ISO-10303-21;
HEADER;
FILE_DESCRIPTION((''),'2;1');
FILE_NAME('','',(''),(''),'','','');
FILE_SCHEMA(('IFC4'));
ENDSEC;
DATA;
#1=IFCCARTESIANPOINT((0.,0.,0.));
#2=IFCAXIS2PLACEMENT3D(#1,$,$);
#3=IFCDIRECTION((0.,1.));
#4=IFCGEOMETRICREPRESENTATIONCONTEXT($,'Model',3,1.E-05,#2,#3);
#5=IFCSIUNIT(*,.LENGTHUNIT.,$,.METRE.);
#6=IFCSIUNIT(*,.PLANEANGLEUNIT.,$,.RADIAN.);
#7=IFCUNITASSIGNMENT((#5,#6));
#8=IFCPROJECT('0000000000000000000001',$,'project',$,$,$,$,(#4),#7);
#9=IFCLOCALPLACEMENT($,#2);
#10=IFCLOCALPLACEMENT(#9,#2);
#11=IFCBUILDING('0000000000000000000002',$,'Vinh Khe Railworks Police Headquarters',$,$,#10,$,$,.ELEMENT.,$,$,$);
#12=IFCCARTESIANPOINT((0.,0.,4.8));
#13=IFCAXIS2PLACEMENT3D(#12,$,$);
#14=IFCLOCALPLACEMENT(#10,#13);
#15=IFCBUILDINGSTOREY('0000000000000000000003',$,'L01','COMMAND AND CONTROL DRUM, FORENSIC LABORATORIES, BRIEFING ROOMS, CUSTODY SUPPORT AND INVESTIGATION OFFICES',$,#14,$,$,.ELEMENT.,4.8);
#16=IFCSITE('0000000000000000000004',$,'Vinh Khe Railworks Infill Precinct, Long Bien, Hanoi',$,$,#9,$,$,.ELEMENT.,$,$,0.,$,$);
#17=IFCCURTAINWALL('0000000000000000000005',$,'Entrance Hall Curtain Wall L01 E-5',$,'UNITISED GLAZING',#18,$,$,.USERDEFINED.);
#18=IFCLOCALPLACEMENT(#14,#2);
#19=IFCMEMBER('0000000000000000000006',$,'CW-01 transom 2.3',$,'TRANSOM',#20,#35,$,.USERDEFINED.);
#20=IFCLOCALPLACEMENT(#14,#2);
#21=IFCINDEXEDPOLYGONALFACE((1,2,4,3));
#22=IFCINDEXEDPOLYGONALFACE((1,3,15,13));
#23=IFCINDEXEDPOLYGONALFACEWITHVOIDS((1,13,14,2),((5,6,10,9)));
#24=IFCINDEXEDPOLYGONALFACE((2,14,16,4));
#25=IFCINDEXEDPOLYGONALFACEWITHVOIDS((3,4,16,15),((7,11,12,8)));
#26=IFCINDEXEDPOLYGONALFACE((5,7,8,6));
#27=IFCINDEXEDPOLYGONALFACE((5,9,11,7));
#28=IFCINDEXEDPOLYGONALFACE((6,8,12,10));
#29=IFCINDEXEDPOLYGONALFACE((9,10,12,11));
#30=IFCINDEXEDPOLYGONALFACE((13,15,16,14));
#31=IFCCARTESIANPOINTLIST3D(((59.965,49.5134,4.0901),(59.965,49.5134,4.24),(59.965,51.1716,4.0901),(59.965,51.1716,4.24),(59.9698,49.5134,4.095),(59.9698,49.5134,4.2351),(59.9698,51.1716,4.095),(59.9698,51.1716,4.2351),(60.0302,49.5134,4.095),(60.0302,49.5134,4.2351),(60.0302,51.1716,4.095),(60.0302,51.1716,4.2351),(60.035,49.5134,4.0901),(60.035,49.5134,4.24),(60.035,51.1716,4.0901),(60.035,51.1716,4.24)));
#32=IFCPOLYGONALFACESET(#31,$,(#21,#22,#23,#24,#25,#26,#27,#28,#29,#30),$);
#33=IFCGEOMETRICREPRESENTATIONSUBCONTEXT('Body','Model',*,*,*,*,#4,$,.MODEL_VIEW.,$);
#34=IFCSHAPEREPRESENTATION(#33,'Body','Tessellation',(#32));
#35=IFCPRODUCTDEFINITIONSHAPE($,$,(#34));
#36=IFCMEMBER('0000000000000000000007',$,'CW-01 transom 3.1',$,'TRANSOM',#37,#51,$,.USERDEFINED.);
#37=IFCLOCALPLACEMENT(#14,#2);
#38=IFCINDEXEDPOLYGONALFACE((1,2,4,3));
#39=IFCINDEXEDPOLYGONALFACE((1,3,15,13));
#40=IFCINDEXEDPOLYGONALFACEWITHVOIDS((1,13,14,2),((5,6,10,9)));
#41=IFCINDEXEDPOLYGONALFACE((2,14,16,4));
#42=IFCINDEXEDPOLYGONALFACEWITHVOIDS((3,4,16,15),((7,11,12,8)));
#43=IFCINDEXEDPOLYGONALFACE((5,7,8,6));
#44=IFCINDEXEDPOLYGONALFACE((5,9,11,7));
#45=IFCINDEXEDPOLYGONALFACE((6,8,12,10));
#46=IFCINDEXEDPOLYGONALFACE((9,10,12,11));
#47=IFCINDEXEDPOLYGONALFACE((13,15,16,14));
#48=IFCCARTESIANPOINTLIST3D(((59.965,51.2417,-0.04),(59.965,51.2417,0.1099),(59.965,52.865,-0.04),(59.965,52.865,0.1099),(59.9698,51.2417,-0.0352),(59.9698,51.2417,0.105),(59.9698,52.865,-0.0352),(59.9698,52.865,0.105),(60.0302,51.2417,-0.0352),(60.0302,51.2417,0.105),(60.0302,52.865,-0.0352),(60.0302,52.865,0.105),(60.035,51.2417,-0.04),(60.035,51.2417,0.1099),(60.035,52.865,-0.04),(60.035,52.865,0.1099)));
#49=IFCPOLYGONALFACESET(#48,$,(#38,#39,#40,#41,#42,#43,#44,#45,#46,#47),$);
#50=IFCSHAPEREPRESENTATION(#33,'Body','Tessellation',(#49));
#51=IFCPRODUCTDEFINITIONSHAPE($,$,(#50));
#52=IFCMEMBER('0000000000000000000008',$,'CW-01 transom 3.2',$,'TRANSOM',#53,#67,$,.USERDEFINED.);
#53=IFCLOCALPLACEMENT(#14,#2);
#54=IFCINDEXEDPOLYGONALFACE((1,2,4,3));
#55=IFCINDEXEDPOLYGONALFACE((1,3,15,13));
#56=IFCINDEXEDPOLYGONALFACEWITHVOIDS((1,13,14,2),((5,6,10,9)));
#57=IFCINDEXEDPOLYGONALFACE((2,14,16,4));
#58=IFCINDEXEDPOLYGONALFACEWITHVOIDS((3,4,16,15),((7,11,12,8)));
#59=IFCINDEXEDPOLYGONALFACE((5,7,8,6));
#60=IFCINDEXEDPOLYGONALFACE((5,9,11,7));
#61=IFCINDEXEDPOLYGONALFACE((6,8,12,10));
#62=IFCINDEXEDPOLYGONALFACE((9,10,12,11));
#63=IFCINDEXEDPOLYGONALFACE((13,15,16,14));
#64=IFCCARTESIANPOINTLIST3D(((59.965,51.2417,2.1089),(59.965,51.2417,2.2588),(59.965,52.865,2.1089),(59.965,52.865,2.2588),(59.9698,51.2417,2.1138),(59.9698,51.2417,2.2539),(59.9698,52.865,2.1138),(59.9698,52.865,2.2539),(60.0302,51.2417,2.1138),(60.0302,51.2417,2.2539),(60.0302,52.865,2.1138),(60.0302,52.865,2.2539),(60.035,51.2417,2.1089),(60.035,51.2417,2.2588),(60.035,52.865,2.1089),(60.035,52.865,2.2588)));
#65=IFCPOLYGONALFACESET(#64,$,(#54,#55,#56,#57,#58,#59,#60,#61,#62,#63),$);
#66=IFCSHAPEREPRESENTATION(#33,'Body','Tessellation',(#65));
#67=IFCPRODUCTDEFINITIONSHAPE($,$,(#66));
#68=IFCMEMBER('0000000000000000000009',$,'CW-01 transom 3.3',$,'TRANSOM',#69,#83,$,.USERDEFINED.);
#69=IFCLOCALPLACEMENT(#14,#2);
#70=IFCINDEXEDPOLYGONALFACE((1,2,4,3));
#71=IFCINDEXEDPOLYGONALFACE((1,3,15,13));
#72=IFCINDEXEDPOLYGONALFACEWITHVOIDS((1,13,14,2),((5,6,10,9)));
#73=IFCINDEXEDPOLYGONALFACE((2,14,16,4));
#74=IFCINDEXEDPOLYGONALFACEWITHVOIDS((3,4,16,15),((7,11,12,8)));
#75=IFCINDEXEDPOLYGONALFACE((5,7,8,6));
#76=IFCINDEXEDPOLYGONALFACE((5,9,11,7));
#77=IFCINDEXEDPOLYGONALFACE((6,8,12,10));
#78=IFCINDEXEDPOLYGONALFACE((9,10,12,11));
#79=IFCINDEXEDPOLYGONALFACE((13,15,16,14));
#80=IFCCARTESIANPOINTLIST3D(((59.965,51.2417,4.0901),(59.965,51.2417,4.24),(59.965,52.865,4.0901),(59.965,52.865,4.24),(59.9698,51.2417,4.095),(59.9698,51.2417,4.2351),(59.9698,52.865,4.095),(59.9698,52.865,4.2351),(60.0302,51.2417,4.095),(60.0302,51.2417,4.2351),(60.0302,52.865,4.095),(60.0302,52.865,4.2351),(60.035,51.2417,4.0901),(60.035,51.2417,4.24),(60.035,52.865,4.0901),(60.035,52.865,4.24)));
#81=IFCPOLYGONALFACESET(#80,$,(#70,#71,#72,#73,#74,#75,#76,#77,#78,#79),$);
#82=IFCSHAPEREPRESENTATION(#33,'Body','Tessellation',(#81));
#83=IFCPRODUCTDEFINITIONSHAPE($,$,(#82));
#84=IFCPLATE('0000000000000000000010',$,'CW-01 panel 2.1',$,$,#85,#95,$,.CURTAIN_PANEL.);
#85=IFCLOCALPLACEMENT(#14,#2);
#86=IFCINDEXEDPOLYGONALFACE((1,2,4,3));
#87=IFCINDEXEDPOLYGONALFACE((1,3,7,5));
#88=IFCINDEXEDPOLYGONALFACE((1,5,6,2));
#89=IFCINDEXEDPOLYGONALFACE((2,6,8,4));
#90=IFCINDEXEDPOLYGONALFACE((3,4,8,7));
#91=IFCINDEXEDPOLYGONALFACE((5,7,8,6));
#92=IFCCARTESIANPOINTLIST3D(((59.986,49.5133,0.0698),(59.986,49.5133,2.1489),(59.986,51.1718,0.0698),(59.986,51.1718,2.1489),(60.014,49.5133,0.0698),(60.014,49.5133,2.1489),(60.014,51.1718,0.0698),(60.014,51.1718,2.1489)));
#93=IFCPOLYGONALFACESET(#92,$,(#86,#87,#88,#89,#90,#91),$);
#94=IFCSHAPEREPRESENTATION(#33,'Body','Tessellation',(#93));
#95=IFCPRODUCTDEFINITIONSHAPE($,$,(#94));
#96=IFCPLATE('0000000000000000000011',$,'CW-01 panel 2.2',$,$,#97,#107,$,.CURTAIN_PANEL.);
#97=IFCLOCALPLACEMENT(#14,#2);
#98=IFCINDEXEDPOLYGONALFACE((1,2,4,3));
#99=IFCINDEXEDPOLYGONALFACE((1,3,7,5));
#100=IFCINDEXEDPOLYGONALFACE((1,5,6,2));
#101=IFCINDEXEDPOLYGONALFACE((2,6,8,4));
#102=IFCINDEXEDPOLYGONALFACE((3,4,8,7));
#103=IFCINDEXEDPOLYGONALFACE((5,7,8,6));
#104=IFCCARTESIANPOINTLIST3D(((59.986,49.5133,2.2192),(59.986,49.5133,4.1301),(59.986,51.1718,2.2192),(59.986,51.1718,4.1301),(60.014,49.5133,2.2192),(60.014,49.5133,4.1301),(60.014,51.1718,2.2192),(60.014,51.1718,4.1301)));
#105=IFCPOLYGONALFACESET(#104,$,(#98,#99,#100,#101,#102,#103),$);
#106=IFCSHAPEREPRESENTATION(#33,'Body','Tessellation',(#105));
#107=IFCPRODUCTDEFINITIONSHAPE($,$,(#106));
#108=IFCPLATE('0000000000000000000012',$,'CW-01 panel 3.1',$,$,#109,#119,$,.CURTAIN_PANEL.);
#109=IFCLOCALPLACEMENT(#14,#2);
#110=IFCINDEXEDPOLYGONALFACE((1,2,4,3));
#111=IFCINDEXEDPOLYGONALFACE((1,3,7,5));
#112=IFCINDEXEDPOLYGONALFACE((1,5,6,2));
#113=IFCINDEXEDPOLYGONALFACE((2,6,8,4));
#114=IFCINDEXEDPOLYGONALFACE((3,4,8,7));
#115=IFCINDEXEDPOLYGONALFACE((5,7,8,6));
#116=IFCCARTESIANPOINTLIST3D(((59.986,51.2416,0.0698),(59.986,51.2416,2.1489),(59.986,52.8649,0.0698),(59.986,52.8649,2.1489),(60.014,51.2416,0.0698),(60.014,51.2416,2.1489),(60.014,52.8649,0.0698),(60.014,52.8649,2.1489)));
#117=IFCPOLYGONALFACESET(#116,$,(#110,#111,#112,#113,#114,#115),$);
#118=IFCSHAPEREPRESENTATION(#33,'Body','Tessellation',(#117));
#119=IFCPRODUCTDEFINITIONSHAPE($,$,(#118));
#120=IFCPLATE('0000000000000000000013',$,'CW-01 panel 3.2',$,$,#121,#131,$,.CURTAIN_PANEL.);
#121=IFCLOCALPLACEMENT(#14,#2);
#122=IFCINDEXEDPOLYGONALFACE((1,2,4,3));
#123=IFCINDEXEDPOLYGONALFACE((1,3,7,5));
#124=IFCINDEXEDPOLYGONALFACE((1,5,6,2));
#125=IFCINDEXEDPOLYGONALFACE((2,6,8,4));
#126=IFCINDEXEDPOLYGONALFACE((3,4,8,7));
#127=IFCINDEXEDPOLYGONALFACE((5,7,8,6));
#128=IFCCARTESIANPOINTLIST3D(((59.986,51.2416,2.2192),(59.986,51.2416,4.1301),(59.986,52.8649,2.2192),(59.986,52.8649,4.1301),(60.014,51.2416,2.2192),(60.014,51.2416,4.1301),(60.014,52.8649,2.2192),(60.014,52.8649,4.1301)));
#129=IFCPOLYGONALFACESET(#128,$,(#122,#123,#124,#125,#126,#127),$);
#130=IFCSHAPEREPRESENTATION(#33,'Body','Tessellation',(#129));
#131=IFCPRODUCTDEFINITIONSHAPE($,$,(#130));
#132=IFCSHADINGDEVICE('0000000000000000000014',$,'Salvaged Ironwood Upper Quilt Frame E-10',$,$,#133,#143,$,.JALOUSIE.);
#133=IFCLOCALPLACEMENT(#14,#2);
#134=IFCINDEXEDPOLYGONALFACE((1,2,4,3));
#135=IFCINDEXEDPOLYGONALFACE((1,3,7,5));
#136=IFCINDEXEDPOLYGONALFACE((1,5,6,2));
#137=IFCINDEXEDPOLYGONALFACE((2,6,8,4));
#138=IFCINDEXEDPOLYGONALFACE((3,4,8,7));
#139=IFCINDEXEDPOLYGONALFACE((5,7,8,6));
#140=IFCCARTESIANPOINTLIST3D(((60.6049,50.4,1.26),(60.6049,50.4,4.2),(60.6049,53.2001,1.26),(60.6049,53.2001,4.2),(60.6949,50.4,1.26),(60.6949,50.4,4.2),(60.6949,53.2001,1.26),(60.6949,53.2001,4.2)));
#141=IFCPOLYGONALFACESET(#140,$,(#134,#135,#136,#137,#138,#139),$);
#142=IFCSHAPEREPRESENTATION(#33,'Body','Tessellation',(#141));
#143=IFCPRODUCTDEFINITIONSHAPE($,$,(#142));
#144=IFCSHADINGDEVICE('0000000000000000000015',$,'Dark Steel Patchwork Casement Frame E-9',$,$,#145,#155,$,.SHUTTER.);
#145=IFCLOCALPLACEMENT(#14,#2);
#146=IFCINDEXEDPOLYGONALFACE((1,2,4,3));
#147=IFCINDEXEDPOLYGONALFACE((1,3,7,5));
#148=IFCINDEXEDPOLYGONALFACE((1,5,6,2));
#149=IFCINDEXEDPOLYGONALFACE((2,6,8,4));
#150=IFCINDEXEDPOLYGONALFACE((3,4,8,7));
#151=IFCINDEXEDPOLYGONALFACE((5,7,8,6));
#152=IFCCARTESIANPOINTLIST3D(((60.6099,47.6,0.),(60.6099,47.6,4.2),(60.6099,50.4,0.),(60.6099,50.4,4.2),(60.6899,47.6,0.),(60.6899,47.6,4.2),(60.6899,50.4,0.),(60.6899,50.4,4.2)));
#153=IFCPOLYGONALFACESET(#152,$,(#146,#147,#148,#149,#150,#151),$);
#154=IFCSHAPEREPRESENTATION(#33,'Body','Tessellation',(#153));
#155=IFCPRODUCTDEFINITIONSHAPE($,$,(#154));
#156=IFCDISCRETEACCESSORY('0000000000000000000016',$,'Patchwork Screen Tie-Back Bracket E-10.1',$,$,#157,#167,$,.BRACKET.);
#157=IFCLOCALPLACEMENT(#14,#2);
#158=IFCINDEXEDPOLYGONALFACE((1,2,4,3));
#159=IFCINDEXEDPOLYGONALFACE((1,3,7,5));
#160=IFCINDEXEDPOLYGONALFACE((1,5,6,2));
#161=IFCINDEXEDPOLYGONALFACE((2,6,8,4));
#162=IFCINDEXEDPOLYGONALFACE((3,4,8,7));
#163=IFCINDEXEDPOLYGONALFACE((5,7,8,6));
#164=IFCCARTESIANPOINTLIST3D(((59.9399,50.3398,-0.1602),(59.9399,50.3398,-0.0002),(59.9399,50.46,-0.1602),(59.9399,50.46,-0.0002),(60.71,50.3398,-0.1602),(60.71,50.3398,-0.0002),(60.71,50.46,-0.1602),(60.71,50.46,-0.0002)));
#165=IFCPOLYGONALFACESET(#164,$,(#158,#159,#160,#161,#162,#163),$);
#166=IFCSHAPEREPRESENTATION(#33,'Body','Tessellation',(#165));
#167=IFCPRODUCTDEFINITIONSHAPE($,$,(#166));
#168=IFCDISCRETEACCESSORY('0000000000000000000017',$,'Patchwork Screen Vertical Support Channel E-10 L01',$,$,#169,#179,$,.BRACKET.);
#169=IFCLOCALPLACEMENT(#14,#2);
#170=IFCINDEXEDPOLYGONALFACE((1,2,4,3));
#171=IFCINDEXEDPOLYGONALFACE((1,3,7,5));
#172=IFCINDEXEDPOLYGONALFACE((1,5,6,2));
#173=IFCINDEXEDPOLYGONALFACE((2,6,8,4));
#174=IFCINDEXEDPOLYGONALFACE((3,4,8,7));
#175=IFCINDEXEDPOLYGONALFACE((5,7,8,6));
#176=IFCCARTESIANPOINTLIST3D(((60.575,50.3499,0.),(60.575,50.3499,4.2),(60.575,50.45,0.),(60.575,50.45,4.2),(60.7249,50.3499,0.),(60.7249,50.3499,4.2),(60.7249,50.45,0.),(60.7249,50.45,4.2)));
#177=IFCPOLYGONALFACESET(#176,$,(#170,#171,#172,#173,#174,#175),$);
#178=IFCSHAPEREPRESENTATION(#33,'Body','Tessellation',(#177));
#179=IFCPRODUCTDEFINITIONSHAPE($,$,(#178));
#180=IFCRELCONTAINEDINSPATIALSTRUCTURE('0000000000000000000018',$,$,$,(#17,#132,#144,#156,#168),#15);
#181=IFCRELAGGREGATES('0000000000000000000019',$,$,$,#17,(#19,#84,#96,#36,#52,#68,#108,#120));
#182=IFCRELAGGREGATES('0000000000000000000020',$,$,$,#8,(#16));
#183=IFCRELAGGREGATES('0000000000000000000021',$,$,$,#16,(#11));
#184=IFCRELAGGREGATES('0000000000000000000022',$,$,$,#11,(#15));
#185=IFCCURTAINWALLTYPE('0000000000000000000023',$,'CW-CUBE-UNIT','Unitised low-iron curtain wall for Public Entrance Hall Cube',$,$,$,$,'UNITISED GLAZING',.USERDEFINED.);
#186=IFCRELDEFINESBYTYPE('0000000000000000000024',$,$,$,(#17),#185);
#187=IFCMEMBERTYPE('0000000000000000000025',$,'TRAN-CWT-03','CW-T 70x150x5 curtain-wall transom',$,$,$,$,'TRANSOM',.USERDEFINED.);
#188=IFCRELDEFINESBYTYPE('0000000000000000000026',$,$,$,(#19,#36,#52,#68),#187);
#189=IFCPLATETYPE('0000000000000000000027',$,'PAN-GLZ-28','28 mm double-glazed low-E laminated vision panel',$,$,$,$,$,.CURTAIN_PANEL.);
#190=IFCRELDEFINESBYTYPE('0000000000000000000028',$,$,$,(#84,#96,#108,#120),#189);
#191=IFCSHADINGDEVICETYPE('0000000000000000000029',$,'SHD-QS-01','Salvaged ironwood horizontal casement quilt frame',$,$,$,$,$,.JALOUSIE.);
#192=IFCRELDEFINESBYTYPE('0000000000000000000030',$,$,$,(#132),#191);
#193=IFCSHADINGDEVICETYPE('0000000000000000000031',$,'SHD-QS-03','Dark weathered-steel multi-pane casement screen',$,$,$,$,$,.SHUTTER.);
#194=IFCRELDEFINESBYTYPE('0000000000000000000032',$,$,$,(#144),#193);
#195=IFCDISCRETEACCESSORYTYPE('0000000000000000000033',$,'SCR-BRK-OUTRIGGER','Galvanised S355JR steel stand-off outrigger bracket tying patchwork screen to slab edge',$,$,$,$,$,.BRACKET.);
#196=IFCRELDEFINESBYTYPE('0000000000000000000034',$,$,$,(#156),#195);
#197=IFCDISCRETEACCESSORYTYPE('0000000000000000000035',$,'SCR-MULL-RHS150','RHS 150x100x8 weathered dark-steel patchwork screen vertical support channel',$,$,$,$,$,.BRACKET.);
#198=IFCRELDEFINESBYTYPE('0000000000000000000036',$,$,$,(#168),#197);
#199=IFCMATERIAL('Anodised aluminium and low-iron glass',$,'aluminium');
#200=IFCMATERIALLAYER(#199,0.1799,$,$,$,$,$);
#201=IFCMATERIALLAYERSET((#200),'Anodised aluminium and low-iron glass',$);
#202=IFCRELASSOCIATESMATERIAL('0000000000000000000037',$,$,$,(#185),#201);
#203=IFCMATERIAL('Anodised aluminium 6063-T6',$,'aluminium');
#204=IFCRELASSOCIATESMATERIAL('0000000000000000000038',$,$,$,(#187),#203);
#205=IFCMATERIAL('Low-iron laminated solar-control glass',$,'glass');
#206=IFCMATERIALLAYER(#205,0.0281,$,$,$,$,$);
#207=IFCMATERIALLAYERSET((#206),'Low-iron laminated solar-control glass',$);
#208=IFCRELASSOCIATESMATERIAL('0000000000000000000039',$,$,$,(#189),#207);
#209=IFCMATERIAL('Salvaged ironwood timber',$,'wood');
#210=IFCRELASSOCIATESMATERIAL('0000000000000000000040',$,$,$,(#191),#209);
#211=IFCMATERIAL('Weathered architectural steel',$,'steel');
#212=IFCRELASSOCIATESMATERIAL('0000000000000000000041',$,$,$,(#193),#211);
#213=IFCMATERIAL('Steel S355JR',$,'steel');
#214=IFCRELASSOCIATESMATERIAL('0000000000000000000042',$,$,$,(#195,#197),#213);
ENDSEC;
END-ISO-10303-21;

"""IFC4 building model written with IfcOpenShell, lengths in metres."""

from ifc_helpers import new_model, si_unit, direction, frame, origin, origin_2d, place, context, subcontext, project, spatial, rectangle, hollow_rectangle, extrude, material, layer, layer_set, material_profile, profile_set, type_object, element, aggregate, save


model = new_model("IFC4")

# Units and contexts
model_context = context("Model", 3, precision=1e-05, world=origin(), true_north=direction((0.0, 1.0)))
body_context = subcontext(model_context, "Body", "Model", "MODEL_VIEW")
ifc_project = project(units=[si_unit("LENGTHUNIT", "METRE"), si_unit("PLANEANGLEUNIT", "RADIAN")], contexts=[model_context])

# Site, building, storey
site_placement = place(None, origin())
site = spatial("IfcSite", under=ifc_project, at=site_placement, Name="Vinh Khe Railworks Infill Precinct, Long Bien, Hanoi", CompositionType="ELEMENT", RefElevation=0.0)
building_placement = place(site_placement, origin())
building = spatial("IfcBuilding", under=site, at=building_placement, Name="Vinh Khe Railworks Police Headquarters", CompositionType="ELEMENT")
storey_placement = place(building_placement, frame((0.0, 0.0, 4.8)))
storey = spatial("IfcBuildingStorey", under=building, at=storey_placement, Name="L01", Description="COMMAND AND CONTROL DRUM, FORENSIC LABORATORIES, BRIEFING ROOMS, CUSTODY SUPPORT AND INVESTIGATION OFFICES", CompositionType="ELEMENT", Elevation=4.8)

# Shared definitions
ifc_material_1 = material(Name="Steel S355JR", Category="steel")

# Shared definitions
ifc_material_2 = material(Name="Salvaged ironwood timber", Category="wood")

# Curtain wall, members, plates
ifc_material_3 = material(Name="Anodised aluminium and low-iron glass", Category="aluminium")
ifc_layer_1 = layer(ifc_material_3, 0.1799)
ifc_layer_set_1 = layer_set([ifc_layer_1], Name="Anodised aluminium and low-iron glass")
curtain_wall_type = type_object("IfcCurtainWallType", Name="CW-CUBE-UNIT", Description="Unitised low-iron curtain wall for Public Entrance Hall Cube", ElementType="UNITISED GLAZING", PredefinedType="USERDEFINED", material=ifc_layer_set_1)
curtain_wall_placement = place(storey_placement, origin())
curtain_wall = element("IfcCurtainWall", 1, at=curtain_wall_placement, inside=storey, type_object=curtain_wall_type, Name="Entrance Hall Curtain Wall L01 E-5", ObjectType="UNITISED GLAZING", PredefinedType="USERDEFINED")
ifc_material_4 = material(Name="Anodised aluminium 6063-T6", Category="aluminium")
ifc_material_profile_1 = material_profile(ifc_material_4, hollow_rectangle(XDim=0.0701, YDim=0.1499, WallThickness=0.0049, at=origin_2d()), Name="CW-T 70x150x5")
ifc_profile_set_1 = profile_set([ifc_material_profile_1], Name="Anodised aluminium 6063-T6")
member_type_1 = type_object("IfcMemberType", Name="TRAN-CWT-03", Description="CW-T 70x150x5 curtain-wall transom", ElementType="TRANSOM", PredefinedType="USERDEFINED", material=ifc_profile_set_1)
member_1_placement = place(storey_placement, frame((60.0, 49.5134, 4.165), z_axis=(0.0, 1.0, 0.0), x_axis=(-1.0, 0.0, 0.0)))
member_1 = element("IfcMember", 2, at=member_1_placement, type_object=member_type_1, Name="CW-01 transom 2.3", ObjectType="TRANSOM", PredefinedType="USERDEFINED", context=body_context, shape_type="SweptSolid", body=[
    extrude(hollow_rectangle(XDim=0.0701, YDim=0.1499, WallThickness=0.0049, at=origin_2d()), origin(), (0.0, 0.0, 1.0), 1.6582),
])
member_2_placement = place(storey_placement, frame((60.0, 51.2417, 0.0349), z_axis=(0.0, 1.0, 0.0), x_axis=(-1.0, 0.0, 0.0)))
member_2 = element("IfcMember", 3, at=member_2_placement, type_object=member_type_1, Name="CW-01 transom 3.1", ObjectType="TRANSOM", PredefinedType="USERDEFINED", context=body_context, shape_type="SweptSolid", body=[
    extrude(hollow_rectangle(XDim=0.0701, YDim=0.1499, WallThickness=0.0049, at=origin_2d()), origin(), (0.0, 0.0, 1.0), 1.6233),
])
member_3_placement = place(storey_placement, frame((60.0, 51.2417, 2.1838), z_axis=(0.0, 1.0, 0.0), x_axis=(-1.0, 0.0, 0.0)))
member_3 = element("IfcMember", 4, at=member_3_placement, type_object=member_type_1, Name="CW-01 transom 3.2", ObjectType="TRANSOM", PredefinedType="USERDEFINED", context=body_context, shape_type="SweptSolid", body=[
    extrude(hollow_rectangle(XDim=0.0701, YDim=0.1499, WallThickness=0.0049, at=origin_2d()), origin(), (0.0, 0.0, 1.0), 1.6233),
])
member_4_placement = place(storey_placement, frame((60.0, 51.2417, 4.165), z_axis=(0.0, 1.0, 0.0), x_axis=(-1.0, 0.0, 0.0)))
member_4 = element("IfcMember", 5, at=member_4_placement, type_object=member_type_1, Name="CW-01 transom 3.3", ObjectType="TRANSOM", PredefinedType="USERDEFINED", context=body_context, shape_type="SweptSolid", body=[
    extrude(hollow_rectangle(XDim=0.0701, YDim=0.1499, WallThickness=0.0049, at=origin_2d()), origin(), (0.0, 0.0, 1.0), 1.6233),
])
ifc_material_5 = material(Name="Low-iron laminated solar-control glass", Category="glass")
ifc_layer_2 = layer(ifc_material_5, 0.0281)
ifc_layer_set_2 = layer_set([ifc_layer_2], Name="Low-iron laminated solar-control glass")
plate_type = type_object("IfcPlateType", Name="PAN-GLZ-28", Description="28 mm double-glazed low-E laminated vision panel", PredefinedType="CURTAIN_PANEL", material=ifc_layer_set_2)
plate_1_placement = place(storey_placement, frame((60.0, 50.3425, 0.0698), z_axis=(0.0, 0.0, 1.0), x_axis=(0.0, 1.0, 0.0)))
plate_1 = element("IfcPlate", 6, at=plate_1_placement, type_object=plate_type, Name="CW-01 panel 2.1", PredefinedType="CURTAIN_PANEL", context=body_context, shape_type="SweptSolid", body=[
    extrude(rectangle(XDim=1.6584, YDim=0.0281, at=origin_2d()), origin(), (0.0, 0.0, 1.0), 2.0791),
])
plate_2_placement = place(storey_placement, frame((60.0, 50.3425, 2.2192), z_axis=(0.0, 0.0, 1.0), x_axis=(0.0, 1.0, 0.0)))
plate_2 = element("IfcPlate", 7, at=plate_2_placement, type_object=plate_type, Name="CW-01 panel 2.2", PredefinedType="CURTAIN_PANEL", context=body_context, shape_type="SweptSolid", body=[
    extrude(rectangle(XDim=1.6584, YDim=0.0281, at=origin_2d()), origin(), (0.0, 0.0, 1.0), 1.9109),
])
plate_3_placement = place(storey_placement, frame((60.0, 52.0532, 0.0698), z_axis=(0.0, 0.0, 1.0), x_axis=(0.0, 1.0, 0.0)))
plate_3 = element("IfcPlate", 8, at=plate_3_placement, type_object=plate_type, Name="CW-01 panel 3.1", PredefinedType="CURTAIN_PANEL", context=body_context, shape_type="SweptSolid", body=[
    extrude(rectangle(XDim=1.6233, YDim=0.0281, at=origin_2d()), origin(), (0.0, 0.0, 1.0), 2.0791),
])
plate_4_placement = place(storey_placement, frame((60.0, 52.0532, 2.2192), z_axis=(0.0, 0.0, 1.0), x_axis=(0.0, 1.0, 0.0)))
plate_4 = element("IfcPlate", 9, at=plate_4_placement, type_object=plate_type, Name="CW-01 panel 3.2", PredefinedType="CURTAIN_PANEL", context=body_context, shape_type="SweptSolid", body=[
    extrude(rectangle(XDim=1.6233, YDim=0.0281, at=origin_2d()), origin(), (0.0, 0.0, 1.0), 1.9109),
])
aggregate(curtain_wall, [member_1, plate_1, plate_2, member_2, member_3, member_4, plate_3, plate_4])

# Shading devices
shading_device_type_1 = type_object("IfcShadingDeviceType", Name="SHD-QS-01", Description="Salvaged ironwood horizontal casement quilt frame", PredefinedType="JALOUSIE", material=ifc_material_2)
shading_device_1_placement = place(storey_placement, frame((60.6499, 51.8, 1.26), z_axis=(0.0, 0.0, 1.0), x_axis=(0.0, 1.0, 0.0)))
element("IfcShadingDevice", 10, at=shading_device_1_placement, inside=storey, type_object=shading_device_type_1, Name="Salvaged Ironwood Upper Quilt Frame E-10", PredefinedType="JALOUSIE", context=body_context, shape_type="SweptSolid", body=[
    extrude(rectangle(XDim=2.8, YDim=0.0901, at=origin_2d()), origin(), (0.0, 0.0, 1.0), 2.9399),
])
ifc_material_6 = material(Name="Weathered architectural steel", Category="steel")
shading_device_type_2 = type_object("IfcShadingDeviceType", Name="SHD-QS-03", Description="Dark weathered-steel multi-pane casement screen", PredefinedType="SHUTTER", material=ifc_material_6)
shading_device_2_placement = place(storey_placement, frame((60.6499, 49.0, 0.0), z_axis=(0.0, 0.0, 1.0), x_axis=(0.0, 1.0, 0.0)))
element("IfcShadingDevice", 11, at=shading_device_2_placement, inside=storey, type_object=shading_device_type_2, Name="Dark Steel Patchwork Casement Frame E-9", PredefinedType="SHUTTER", context=body_context, shape_type="SweptSolid", body=[
    extrude(rectangle(XDim=2.8, YDim=0.0801, at=origin_2d()), origin(), (0.0, 0.0, 1.0), 4.2),
])

# Discrete accessories
discrete_accessory_type_1 = type_object("IfcDiscreteAccessoryType", Name="SCR-BRK-OUTRIGGER", Description="Galvanised S355JR steel stand-off outrigger bracket tying patchwork screen to slab edge", PredefinedType="BRACKET", material=ifc_material_1)
discrete_accessory_1_placement = place(storey_placement, frame((60.325, 50.3999, -0.1602), z_axis=(0.0, 0.0, 1.0), x_axis=(1.0, 0.0, 0.0)))
element("IfcDiscreteAccessory", 12, at=discrete_accessory_1_placement, inside=storey, type_object=discrete_accessory_type_1, Name="Patchwork Screen Tie-Back Bracket E-10.1", PredefinedType="BRACKET", context=body_context, shape_type="SweptSolid", body=[
    extrude(rectangle(XDim=0.77, YDim=0.1201, at=origin_2d()), origin(), (0.0, 0.0, 1.0), 0.1599),
])
discrete_accessory_type_2 = type_object("IfcDiscreteAccessoryType", Name="SCR-MULL-RHS150", Description="RHS 150x100x8 weathered dark-steel patchwork screen vertical support channel", PredefinedType="BRACKET", material=ifc_material_1)
discrete_accessory_2_placement = place(storey_placement, frame((60.6499, 50.3999, 0.0), z_axis=(0.0, 0.0, 1.0), x_axis=(1.0, 0.0, 0.0)))
element("IfcDiscreteAccessory", 13, at=discrete_accessory_2_placement, inside=storey, type_object=discrete_accessory_type_2, Name="Patchwork Screen Vertical Support Channel E-10 L01", PredefinedType="BRACKET", context=body_context, shape_type="SweptSolid", body=[
    extrude(rectangle(XDim=0.1499, YDim=0.1001, at=origin_2d()), origin(), (0.0, 0.0, 1.0), 4.2),
])

save(model, "model.ifc")
